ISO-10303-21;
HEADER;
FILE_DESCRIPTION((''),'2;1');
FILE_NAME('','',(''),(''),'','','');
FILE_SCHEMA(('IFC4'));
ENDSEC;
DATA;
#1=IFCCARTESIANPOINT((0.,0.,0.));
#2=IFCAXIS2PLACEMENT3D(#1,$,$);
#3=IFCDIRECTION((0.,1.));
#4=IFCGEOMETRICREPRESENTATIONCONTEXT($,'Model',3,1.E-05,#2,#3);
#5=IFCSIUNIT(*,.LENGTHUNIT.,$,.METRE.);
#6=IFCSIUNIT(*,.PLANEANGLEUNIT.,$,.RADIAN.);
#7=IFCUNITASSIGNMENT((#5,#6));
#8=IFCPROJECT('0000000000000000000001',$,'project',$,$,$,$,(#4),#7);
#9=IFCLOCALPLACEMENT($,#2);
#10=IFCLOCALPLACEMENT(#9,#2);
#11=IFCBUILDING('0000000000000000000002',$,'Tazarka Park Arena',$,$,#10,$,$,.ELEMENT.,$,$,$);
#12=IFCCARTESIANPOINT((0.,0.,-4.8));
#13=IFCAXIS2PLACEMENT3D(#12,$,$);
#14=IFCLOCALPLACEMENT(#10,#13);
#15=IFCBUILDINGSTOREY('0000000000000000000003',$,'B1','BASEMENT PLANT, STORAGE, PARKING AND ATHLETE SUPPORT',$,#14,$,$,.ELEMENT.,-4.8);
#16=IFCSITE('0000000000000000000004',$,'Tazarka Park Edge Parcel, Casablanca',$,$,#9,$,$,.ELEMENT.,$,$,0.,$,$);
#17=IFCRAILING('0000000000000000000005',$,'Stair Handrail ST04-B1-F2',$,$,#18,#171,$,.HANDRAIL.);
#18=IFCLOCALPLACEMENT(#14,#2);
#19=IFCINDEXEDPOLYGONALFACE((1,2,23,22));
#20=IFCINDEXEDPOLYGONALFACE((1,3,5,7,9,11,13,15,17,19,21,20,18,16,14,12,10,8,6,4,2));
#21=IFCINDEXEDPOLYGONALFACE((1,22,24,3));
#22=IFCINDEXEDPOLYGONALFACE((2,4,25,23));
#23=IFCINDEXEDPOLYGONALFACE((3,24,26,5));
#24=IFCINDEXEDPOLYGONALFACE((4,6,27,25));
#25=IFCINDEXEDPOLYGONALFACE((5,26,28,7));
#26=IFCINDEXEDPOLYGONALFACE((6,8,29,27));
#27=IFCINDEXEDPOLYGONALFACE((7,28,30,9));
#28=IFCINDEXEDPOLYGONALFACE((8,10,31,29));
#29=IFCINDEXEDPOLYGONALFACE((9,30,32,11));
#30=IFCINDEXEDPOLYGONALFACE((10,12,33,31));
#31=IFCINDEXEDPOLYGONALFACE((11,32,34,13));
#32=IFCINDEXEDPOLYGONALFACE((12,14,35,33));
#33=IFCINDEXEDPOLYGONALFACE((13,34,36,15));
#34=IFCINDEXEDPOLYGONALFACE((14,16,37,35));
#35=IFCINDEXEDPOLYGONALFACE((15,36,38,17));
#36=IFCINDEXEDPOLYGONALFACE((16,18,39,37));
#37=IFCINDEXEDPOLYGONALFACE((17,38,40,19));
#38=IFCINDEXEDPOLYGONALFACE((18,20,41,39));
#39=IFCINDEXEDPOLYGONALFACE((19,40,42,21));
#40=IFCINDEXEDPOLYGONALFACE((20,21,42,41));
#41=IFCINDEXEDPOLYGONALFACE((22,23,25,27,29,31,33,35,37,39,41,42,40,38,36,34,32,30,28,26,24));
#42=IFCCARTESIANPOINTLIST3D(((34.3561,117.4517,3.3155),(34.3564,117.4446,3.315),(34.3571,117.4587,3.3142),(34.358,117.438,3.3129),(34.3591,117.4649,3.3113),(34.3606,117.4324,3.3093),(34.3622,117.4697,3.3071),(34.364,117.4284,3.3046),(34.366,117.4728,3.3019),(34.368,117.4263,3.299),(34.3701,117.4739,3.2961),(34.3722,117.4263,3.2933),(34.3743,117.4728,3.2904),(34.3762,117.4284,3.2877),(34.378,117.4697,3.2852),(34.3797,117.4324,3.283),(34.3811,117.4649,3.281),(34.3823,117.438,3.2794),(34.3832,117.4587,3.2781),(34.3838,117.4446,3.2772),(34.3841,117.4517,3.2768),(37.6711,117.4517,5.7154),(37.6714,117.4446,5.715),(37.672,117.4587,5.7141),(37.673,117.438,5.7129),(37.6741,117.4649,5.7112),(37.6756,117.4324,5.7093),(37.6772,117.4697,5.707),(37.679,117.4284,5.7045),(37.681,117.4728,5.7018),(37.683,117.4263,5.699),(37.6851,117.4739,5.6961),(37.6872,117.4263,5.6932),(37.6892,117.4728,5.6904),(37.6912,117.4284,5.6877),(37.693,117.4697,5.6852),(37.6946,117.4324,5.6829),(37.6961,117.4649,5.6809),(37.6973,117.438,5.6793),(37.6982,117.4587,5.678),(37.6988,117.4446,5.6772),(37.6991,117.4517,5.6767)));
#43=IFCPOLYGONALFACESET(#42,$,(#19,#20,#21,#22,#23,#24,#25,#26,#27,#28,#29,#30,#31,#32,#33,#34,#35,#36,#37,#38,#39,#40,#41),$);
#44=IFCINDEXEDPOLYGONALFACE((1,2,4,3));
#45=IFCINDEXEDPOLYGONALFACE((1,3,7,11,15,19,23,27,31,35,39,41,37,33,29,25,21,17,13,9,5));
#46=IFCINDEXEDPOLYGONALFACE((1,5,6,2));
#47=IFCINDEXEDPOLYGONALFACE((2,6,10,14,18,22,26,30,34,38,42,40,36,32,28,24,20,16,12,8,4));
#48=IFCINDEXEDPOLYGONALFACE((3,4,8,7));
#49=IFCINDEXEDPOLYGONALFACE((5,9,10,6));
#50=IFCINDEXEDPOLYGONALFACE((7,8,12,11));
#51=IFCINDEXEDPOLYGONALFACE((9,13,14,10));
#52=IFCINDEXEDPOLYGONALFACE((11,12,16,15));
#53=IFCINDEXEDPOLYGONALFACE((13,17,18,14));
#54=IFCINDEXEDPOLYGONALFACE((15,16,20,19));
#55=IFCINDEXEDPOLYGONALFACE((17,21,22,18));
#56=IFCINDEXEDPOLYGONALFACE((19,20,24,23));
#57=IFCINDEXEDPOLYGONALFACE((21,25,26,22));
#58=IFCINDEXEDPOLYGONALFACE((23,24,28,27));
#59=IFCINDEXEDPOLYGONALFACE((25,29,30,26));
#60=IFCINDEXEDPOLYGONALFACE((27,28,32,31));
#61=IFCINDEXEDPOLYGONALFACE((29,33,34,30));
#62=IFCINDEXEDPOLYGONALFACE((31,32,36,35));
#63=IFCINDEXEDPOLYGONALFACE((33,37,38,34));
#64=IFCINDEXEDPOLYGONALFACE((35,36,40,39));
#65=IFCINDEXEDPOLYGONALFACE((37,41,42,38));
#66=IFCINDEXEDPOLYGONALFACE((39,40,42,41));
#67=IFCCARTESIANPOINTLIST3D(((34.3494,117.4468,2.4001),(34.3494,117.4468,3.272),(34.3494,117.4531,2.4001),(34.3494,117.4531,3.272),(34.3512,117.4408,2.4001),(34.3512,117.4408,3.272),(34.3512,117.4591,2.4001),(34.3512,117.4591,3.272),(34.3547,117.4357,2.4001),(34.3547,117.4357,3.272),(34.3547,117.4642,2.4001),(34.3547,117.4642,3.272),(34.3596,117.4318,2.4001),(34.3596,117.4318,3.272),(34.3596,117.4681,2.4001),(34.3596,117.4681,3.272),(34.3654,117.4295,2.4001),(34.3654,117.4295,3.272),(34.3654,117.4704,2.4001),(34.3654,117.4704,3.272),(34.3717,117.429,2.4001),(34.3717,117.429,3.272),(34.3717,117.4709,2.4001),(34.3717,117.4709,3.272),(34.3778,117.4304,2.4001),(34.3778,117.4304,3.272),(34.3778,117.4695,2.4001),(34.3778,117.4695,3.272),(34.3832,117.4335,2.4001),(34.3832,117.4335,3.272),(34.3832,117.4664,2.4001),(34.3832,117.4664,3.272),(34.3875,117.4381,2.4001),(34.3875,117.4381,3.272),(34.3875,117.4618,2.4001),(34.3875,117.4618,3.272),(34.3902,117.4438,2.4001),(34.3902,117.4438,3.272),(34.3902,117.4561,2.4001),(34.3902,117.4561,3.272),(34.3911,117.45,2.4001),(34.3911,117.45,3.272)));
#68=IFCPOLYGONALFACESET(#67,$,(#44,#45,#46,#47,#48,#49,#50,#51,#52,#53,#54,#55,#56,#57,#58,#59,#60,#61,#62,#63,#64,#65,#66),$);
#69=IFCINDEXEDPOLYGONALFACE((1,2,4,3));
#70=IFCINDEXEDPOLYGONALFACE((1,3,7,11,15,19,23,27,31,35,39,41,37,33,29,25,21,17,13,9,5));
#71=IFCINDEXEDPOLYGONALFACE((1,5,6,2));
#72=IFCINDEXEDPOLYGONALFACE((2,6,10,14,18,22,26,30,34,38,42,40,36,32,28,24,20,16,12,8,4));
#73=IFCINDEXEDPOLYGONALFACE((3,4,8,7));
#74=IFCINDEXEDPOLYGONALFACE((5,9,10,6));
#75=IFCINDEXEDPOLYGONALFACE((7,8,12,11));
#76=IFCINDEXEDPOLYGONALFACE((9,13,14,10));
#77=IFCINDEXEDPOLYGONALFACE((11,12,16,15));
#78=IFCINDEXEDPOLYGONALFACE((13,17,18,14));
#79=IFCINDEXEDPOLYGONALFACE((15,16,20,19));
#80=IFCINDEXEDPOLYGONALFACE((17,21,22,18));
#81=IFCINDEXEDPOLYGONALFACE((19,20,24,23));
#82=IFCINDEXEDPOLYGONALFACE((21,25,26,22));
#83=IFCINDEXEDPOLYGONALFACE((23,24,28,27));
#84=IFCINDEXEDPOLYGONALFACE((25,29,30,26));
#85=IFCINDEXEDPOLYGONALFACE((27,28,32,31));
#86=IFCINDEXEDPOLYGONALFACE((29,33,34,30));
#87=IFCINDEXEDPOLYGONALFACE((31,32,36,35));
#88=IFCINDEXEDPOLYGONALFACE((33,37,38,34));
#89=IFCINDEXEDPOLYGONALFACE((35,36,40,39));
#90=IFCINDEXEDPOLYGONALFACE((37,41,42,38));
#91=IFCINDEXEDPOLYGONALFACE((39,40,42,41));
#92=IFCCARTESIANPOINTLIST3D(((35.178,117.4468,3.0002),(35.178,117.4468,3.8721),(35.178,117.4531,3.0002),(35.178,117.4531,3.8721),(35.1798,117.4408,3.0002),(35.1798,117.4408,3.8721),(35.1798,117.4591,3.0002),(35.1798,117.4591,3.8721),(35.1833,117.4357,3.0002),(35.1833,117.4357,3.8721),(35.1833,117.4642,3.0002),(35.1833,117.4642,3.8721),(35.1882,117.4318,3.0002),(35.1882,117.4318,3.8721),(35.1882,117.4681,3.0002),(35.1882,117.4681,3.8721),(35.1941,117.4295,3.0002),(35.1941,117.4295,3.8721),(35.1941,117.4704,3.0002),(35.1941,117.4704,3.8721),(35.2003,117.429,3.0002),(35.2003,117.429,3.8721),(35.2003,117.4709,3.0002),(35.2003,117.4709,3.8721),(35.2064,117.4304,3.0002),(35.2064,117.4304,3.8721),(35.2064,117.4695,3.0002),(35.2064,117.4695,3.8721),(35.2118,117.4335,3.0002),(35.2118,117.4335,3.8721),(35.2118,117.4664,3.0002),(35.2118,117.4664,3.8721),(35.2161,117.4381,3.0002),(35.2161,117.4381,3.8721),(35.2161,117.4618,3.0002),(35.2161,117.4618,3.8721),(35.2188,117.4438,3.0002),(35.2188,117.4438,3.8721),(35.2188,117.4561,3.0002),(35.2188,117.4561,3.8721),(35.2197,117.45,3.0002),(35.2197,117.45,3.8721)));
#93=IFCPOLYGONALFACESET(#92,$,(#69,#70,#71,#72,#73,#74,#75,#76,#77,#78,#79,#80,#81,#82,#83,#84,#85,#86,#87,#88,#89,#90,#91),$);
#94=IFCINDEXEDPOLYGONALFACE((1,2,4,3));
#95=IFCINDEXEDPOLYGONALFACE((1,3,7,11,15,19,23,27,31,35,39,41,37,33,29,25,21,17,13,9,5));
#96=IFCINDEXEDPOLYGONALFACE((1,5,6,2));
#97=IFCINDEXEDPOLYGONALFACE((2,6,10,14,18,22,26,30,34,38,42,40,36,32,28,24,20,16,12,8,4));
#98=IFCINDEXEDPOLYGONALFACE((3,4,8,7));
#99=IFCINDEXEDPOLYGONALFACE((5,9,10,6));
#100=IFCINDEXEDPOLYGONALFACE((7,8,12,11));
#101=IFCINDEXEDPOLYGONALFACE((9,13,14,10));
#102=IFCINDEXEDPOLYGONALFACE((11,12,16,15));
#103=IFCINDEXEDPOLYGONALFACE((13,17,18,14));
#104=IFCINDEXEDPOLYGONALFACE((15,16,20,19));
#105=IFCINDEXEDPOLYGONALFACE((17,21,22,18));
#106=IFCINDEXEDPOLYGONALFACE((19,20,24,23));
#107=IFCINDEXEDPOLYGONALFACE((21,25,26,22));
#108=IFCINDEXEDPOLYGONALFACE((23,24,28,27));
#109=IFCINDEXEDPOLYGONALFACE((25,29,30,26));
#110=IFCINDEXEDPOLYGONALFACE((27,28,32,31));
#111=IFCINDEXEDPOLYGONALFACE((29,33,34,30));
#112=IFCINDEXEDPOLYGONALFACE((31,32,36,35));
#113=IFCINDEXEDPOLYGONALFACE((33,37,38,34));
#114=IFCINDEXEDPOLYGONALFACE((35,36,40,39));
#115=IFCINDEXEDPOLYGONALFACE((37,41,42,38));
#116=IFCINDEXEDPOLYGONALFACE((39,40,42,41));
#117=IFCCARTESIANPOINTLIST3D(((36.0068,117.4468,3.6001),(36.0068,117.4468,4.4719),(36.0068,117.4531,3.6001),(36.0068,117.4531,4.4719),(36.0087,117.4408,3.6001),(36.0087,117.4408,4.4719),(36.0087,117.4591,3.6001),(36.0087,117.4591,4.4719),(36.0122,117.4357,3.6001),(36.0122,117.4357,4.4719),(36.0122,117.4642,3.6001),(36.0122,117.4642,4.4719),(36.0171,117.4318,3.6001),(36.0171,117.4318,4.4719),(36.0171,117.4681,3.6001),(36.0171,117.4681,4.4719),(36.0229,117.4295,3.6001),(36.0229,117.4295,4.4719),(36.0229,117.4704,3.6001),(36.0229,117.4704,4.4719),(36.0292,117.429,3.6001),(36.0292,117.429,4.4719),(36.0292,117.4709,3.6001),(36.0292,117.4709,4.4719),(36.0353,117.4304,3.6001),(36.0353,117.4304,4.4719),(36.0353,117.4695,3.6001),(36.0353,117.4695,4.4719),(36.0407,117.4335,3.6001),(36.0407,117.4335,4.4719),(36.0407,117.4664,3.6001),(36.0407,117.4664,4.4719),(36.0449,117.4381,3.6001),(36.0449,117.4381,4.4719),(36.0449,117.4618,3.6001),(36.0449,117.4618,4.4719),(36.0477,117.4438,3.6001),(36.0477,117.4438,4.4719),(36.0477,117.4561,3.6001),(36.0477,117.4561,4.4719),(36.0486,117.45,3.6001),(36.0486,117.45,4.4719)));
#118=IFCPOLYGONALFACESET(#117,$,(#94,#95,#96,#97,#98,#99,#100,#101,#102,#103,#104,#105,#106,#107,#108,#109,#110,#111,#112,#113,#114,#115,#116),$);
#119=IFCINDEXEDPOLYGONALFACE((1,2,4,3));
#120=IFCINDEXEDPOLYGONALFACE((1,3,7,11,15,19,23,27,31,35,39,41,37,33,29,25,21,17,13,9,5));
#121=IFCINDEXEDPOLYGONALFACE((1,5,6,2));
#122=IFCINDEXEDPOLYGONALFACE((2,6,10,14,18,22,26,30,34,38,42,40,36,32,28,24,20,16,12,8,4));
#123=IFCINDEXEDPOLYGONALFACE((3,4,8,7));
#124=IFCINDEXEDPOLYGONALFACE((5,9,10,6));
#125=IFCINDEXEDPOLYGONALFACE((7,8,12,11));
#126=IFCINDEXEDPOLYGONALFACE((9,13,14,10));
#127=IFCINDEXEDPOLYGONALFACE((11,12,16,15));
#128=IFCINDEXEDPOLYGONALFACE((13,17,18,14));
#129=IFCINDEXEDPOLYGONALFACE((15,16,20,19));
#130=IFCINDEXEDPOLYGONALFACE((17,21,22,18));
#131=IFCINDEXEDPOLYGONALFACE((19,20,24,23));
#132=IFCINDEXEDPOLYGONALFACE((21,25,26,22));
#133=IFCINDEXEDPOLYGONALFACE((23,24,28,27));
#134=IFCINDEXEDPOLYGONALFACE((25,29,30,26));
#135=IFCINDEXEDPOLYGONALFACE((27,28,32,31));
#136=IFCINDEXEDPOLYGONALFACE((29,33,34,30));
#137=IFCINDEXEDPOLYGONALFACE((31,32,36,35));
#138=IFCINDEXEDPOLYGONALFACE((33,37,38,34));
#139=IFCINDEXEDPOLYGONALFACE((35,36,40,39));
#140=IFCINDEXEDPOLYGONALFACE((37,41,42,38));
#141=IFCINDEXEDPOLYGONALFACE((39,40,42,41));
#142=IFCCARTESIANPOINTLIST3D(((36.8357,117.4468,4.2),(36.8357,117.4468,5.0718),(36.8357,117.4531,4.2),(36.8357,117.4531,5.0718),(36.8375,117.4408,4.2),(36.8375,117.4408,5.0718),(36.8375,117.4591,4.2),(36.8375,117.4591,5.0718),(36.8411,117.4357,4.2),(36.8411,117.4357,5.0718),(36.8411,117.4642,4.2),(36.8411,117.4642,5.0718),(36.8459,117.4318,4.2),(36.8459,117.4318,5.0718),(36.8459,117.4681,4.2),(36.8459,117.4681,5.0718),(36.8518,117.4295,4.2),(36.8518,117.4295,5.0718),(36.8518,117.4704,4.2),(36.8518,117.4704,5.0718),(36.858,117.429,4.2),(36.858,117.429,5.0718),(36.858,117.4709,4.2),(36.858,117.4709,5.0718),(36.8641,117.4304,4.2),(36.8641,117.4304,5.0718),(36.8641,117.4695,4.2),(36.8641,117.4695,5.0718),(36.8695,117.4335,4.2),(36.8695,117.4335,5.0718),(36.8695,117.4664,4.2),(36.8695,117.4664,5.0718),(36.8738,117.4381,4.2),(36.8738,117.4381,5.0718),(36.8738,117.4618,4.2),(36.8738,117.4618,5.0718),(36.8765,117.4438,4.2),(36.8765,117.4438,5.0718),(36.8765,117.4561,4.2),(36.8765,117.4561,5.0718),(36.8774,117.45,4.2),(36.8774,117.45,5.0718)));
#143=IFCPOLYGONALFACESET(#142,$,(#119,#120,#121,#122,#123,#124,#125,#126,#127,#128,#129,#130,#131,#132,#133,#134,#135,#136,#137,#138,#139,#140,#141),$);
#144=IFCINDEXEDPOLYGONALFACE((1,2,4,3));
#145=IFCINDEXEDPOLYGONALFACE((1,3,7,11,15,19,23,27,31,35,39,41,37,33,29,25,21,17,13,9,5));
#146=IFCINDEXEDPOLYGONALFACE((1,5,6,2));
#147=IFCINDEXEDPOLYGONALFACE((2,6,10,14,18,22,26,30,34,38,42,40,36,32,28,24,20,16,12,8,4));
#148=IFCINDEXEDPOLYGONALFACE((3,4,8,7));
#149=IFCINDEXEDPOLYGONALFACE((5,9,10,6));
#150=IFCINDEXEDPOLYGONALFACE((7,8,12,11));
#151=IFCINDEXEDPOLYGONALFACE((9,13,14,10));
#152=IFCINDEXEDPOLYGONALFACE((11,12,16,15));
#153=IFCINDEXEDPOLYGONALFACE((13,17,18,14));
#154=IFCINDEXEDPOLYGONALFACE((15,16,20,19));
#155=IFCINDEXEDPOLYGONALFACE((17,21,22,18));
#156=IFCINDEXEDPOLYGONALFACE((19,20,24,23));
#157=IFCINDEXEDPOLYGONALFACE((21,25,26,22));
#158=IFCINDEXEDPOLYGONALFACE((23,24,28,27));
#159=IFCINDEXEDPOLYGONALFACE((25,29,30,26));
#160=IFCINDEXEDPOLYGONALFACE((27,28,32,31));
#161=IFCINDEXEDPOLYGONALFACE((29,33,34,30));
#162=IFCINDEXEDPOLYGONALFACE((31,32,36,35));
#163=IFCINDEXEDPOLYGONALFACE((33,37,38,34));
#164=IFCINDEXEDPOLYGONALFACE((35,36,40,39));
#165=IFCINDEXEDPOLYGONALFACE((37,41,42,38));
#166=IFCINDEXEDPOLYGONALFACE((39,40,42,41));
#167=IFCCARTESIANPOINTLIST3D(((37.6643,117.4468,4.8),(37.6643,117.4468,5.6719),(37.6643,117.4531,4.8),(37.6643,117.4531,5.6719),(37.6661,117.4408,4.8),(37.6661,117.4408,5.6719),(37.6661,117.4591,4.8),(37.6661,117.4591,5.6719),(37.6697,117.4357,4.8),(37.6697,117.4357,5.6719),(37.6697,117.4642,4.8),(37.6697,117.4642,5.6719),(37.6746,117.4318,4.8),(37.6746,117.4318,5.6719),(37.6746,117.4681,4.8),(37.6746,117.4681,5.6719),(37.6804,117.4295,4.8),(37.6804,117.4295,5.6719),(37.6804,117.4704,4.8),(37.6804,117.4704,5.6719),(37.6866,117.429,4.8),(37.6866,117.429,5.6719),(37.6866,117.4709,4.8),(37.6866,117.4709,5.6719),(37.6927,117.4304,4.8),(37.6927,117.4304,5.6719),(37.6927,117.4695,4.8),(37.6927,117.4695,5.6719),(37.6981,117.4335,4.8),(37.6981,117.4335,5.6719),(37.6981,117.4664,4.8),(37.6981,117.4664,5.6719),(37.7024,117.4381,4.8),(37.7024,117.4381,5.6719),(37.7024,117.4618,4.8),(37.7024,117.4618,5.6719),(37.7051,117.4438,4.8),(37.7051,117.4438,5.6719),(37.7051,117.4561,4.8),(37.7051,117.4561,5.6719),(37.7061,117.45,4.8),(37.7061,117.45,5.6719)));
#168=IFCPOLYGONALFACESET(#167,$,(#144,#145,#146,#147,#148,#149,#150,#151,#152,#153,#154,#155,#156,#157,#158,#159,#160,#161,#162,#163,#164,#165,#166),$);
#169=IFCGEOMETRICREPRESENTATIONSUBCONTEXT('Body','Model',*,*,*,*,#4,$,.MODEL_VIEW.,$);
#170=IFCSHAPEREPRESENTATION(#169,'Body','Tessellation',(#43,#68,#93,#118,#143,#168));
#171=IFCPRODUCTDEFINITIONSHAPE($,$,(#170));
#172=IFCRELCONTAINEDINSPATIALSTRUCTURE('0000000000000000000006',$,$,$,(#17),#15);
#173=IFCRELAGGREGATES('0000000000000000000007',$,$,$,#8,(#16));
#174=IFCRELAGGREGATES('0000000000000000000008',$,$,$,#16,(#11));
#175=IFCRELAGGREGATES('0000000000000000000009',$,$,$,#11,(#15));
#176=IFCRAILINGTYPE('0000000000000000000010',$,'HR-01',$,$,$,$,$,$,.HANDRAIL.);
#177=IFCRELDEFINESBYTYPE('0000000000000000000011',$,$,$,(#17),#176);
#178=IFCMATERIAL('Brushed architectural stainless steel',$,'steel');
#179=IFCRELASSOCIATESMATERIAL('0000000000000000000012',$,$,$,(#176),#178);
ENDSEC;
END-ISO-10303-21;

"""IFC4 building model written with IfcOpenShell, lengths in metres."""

from ifc_helpers import new_model, si_unit, direction, frame, origin, origin_2d, place, context, subcontext, project, spatial, circle, extrude, material, type_object, element, save


model = new_model("IFC4")

# Units and contexts
model_context = context("Model", 3, precision=1e-05, world=origin(), true_north=direction((0.0, 1.0)))
body_context = subcontext(model_context, "Body", "Model", "MODEL_VIEW")
ifc_project = project(units=[si_unit("LENGTHUNIT", "METRE"), si_unit("PLANEANGLEUNIT", "RADIAN")], contexts=[model_context])

# Site, building, storey
site_placement = place(None, origin())
site = spatial("IfcSite", under=ifc_project, at=site_placement, Name="Tazarka Park Edge Parcel, Casablanca", CompositionType="ELEMENT", RefElevation=0.0)
building_placement = place(site_placement, origin())
building = spatial("IfcBuilding", under=site, at=building_placement, Name="Tazarka Park Arena", CompositionType="ELEMENT")
storey_placement = place(building_placement, frame((0.0, 0.0, -4.8)))
storey = spatial("IfcBuildingStorey", under=building, at=storey_placement, Name="B1", Description="BASEMENT PLANT, STORAGE, PARKING AND ATHLETE SUPPORT", CompositionType="ELEMENT", Elevation=-4.8)

# Railing
ifc_material_1 = material(Name="Brushed architectural stainless steel", Category="steel")
railing_type_1 = type_object("IfcRailingType", Name="HR-01", PredefinedType="HANDRAIL", material=ifc_material_1)
railing_1_placement = place(storey_placement, frame((34.3701, 117.45, 2.4001)))
element("IfcRailing", 1, at=railing_1_placement, inside=storey, type_object=railing_type_1, Name="Stair Handrail ST04-B1-F2", PredefinedType="HANDRAIL", context=body_context, shape_type="SweptSolid", body=[
    extrude(circle(Radius=0.0239, at=origin_2d()), frame((0.0, 0.0, 0.896), z_axis=(0.810009, 0.0, 0.586418), x_axis=(0.0, 1.0, 0.0)), (0.0, 0.0, 1.0), 4.0925),
    extrude(circle(Radius=0.021, at=origin_2d()), origin(), (0.0, 0.0, 1.0), 0.8718),
    extrude(circle(Radius=0.021, at=origin_2d()), frame((0.8286, 0.0, 0.6001)), (0.0, 0.0, 1.0), 0.8718),
    extrude(circle(Radius=0.021, at=origin_2d()), frame((1.6575, 0.0, 1.2)), (0.0, 0.0, 1.0), 0.8718),
    extrude(circle(Radius=0.021, at=origin_2d()), frame((2.4863, 0.0, 1.7998)), (0.0, 0.0, 1.0), 0.8718),
    extrude(circle(Radius=0.021, at=origin_2d()), frame((3.3149, 0.0, 2.3999)), (0.0, 0.0, 1.0), 0.8718),
])

save(model, "model.ifc")
